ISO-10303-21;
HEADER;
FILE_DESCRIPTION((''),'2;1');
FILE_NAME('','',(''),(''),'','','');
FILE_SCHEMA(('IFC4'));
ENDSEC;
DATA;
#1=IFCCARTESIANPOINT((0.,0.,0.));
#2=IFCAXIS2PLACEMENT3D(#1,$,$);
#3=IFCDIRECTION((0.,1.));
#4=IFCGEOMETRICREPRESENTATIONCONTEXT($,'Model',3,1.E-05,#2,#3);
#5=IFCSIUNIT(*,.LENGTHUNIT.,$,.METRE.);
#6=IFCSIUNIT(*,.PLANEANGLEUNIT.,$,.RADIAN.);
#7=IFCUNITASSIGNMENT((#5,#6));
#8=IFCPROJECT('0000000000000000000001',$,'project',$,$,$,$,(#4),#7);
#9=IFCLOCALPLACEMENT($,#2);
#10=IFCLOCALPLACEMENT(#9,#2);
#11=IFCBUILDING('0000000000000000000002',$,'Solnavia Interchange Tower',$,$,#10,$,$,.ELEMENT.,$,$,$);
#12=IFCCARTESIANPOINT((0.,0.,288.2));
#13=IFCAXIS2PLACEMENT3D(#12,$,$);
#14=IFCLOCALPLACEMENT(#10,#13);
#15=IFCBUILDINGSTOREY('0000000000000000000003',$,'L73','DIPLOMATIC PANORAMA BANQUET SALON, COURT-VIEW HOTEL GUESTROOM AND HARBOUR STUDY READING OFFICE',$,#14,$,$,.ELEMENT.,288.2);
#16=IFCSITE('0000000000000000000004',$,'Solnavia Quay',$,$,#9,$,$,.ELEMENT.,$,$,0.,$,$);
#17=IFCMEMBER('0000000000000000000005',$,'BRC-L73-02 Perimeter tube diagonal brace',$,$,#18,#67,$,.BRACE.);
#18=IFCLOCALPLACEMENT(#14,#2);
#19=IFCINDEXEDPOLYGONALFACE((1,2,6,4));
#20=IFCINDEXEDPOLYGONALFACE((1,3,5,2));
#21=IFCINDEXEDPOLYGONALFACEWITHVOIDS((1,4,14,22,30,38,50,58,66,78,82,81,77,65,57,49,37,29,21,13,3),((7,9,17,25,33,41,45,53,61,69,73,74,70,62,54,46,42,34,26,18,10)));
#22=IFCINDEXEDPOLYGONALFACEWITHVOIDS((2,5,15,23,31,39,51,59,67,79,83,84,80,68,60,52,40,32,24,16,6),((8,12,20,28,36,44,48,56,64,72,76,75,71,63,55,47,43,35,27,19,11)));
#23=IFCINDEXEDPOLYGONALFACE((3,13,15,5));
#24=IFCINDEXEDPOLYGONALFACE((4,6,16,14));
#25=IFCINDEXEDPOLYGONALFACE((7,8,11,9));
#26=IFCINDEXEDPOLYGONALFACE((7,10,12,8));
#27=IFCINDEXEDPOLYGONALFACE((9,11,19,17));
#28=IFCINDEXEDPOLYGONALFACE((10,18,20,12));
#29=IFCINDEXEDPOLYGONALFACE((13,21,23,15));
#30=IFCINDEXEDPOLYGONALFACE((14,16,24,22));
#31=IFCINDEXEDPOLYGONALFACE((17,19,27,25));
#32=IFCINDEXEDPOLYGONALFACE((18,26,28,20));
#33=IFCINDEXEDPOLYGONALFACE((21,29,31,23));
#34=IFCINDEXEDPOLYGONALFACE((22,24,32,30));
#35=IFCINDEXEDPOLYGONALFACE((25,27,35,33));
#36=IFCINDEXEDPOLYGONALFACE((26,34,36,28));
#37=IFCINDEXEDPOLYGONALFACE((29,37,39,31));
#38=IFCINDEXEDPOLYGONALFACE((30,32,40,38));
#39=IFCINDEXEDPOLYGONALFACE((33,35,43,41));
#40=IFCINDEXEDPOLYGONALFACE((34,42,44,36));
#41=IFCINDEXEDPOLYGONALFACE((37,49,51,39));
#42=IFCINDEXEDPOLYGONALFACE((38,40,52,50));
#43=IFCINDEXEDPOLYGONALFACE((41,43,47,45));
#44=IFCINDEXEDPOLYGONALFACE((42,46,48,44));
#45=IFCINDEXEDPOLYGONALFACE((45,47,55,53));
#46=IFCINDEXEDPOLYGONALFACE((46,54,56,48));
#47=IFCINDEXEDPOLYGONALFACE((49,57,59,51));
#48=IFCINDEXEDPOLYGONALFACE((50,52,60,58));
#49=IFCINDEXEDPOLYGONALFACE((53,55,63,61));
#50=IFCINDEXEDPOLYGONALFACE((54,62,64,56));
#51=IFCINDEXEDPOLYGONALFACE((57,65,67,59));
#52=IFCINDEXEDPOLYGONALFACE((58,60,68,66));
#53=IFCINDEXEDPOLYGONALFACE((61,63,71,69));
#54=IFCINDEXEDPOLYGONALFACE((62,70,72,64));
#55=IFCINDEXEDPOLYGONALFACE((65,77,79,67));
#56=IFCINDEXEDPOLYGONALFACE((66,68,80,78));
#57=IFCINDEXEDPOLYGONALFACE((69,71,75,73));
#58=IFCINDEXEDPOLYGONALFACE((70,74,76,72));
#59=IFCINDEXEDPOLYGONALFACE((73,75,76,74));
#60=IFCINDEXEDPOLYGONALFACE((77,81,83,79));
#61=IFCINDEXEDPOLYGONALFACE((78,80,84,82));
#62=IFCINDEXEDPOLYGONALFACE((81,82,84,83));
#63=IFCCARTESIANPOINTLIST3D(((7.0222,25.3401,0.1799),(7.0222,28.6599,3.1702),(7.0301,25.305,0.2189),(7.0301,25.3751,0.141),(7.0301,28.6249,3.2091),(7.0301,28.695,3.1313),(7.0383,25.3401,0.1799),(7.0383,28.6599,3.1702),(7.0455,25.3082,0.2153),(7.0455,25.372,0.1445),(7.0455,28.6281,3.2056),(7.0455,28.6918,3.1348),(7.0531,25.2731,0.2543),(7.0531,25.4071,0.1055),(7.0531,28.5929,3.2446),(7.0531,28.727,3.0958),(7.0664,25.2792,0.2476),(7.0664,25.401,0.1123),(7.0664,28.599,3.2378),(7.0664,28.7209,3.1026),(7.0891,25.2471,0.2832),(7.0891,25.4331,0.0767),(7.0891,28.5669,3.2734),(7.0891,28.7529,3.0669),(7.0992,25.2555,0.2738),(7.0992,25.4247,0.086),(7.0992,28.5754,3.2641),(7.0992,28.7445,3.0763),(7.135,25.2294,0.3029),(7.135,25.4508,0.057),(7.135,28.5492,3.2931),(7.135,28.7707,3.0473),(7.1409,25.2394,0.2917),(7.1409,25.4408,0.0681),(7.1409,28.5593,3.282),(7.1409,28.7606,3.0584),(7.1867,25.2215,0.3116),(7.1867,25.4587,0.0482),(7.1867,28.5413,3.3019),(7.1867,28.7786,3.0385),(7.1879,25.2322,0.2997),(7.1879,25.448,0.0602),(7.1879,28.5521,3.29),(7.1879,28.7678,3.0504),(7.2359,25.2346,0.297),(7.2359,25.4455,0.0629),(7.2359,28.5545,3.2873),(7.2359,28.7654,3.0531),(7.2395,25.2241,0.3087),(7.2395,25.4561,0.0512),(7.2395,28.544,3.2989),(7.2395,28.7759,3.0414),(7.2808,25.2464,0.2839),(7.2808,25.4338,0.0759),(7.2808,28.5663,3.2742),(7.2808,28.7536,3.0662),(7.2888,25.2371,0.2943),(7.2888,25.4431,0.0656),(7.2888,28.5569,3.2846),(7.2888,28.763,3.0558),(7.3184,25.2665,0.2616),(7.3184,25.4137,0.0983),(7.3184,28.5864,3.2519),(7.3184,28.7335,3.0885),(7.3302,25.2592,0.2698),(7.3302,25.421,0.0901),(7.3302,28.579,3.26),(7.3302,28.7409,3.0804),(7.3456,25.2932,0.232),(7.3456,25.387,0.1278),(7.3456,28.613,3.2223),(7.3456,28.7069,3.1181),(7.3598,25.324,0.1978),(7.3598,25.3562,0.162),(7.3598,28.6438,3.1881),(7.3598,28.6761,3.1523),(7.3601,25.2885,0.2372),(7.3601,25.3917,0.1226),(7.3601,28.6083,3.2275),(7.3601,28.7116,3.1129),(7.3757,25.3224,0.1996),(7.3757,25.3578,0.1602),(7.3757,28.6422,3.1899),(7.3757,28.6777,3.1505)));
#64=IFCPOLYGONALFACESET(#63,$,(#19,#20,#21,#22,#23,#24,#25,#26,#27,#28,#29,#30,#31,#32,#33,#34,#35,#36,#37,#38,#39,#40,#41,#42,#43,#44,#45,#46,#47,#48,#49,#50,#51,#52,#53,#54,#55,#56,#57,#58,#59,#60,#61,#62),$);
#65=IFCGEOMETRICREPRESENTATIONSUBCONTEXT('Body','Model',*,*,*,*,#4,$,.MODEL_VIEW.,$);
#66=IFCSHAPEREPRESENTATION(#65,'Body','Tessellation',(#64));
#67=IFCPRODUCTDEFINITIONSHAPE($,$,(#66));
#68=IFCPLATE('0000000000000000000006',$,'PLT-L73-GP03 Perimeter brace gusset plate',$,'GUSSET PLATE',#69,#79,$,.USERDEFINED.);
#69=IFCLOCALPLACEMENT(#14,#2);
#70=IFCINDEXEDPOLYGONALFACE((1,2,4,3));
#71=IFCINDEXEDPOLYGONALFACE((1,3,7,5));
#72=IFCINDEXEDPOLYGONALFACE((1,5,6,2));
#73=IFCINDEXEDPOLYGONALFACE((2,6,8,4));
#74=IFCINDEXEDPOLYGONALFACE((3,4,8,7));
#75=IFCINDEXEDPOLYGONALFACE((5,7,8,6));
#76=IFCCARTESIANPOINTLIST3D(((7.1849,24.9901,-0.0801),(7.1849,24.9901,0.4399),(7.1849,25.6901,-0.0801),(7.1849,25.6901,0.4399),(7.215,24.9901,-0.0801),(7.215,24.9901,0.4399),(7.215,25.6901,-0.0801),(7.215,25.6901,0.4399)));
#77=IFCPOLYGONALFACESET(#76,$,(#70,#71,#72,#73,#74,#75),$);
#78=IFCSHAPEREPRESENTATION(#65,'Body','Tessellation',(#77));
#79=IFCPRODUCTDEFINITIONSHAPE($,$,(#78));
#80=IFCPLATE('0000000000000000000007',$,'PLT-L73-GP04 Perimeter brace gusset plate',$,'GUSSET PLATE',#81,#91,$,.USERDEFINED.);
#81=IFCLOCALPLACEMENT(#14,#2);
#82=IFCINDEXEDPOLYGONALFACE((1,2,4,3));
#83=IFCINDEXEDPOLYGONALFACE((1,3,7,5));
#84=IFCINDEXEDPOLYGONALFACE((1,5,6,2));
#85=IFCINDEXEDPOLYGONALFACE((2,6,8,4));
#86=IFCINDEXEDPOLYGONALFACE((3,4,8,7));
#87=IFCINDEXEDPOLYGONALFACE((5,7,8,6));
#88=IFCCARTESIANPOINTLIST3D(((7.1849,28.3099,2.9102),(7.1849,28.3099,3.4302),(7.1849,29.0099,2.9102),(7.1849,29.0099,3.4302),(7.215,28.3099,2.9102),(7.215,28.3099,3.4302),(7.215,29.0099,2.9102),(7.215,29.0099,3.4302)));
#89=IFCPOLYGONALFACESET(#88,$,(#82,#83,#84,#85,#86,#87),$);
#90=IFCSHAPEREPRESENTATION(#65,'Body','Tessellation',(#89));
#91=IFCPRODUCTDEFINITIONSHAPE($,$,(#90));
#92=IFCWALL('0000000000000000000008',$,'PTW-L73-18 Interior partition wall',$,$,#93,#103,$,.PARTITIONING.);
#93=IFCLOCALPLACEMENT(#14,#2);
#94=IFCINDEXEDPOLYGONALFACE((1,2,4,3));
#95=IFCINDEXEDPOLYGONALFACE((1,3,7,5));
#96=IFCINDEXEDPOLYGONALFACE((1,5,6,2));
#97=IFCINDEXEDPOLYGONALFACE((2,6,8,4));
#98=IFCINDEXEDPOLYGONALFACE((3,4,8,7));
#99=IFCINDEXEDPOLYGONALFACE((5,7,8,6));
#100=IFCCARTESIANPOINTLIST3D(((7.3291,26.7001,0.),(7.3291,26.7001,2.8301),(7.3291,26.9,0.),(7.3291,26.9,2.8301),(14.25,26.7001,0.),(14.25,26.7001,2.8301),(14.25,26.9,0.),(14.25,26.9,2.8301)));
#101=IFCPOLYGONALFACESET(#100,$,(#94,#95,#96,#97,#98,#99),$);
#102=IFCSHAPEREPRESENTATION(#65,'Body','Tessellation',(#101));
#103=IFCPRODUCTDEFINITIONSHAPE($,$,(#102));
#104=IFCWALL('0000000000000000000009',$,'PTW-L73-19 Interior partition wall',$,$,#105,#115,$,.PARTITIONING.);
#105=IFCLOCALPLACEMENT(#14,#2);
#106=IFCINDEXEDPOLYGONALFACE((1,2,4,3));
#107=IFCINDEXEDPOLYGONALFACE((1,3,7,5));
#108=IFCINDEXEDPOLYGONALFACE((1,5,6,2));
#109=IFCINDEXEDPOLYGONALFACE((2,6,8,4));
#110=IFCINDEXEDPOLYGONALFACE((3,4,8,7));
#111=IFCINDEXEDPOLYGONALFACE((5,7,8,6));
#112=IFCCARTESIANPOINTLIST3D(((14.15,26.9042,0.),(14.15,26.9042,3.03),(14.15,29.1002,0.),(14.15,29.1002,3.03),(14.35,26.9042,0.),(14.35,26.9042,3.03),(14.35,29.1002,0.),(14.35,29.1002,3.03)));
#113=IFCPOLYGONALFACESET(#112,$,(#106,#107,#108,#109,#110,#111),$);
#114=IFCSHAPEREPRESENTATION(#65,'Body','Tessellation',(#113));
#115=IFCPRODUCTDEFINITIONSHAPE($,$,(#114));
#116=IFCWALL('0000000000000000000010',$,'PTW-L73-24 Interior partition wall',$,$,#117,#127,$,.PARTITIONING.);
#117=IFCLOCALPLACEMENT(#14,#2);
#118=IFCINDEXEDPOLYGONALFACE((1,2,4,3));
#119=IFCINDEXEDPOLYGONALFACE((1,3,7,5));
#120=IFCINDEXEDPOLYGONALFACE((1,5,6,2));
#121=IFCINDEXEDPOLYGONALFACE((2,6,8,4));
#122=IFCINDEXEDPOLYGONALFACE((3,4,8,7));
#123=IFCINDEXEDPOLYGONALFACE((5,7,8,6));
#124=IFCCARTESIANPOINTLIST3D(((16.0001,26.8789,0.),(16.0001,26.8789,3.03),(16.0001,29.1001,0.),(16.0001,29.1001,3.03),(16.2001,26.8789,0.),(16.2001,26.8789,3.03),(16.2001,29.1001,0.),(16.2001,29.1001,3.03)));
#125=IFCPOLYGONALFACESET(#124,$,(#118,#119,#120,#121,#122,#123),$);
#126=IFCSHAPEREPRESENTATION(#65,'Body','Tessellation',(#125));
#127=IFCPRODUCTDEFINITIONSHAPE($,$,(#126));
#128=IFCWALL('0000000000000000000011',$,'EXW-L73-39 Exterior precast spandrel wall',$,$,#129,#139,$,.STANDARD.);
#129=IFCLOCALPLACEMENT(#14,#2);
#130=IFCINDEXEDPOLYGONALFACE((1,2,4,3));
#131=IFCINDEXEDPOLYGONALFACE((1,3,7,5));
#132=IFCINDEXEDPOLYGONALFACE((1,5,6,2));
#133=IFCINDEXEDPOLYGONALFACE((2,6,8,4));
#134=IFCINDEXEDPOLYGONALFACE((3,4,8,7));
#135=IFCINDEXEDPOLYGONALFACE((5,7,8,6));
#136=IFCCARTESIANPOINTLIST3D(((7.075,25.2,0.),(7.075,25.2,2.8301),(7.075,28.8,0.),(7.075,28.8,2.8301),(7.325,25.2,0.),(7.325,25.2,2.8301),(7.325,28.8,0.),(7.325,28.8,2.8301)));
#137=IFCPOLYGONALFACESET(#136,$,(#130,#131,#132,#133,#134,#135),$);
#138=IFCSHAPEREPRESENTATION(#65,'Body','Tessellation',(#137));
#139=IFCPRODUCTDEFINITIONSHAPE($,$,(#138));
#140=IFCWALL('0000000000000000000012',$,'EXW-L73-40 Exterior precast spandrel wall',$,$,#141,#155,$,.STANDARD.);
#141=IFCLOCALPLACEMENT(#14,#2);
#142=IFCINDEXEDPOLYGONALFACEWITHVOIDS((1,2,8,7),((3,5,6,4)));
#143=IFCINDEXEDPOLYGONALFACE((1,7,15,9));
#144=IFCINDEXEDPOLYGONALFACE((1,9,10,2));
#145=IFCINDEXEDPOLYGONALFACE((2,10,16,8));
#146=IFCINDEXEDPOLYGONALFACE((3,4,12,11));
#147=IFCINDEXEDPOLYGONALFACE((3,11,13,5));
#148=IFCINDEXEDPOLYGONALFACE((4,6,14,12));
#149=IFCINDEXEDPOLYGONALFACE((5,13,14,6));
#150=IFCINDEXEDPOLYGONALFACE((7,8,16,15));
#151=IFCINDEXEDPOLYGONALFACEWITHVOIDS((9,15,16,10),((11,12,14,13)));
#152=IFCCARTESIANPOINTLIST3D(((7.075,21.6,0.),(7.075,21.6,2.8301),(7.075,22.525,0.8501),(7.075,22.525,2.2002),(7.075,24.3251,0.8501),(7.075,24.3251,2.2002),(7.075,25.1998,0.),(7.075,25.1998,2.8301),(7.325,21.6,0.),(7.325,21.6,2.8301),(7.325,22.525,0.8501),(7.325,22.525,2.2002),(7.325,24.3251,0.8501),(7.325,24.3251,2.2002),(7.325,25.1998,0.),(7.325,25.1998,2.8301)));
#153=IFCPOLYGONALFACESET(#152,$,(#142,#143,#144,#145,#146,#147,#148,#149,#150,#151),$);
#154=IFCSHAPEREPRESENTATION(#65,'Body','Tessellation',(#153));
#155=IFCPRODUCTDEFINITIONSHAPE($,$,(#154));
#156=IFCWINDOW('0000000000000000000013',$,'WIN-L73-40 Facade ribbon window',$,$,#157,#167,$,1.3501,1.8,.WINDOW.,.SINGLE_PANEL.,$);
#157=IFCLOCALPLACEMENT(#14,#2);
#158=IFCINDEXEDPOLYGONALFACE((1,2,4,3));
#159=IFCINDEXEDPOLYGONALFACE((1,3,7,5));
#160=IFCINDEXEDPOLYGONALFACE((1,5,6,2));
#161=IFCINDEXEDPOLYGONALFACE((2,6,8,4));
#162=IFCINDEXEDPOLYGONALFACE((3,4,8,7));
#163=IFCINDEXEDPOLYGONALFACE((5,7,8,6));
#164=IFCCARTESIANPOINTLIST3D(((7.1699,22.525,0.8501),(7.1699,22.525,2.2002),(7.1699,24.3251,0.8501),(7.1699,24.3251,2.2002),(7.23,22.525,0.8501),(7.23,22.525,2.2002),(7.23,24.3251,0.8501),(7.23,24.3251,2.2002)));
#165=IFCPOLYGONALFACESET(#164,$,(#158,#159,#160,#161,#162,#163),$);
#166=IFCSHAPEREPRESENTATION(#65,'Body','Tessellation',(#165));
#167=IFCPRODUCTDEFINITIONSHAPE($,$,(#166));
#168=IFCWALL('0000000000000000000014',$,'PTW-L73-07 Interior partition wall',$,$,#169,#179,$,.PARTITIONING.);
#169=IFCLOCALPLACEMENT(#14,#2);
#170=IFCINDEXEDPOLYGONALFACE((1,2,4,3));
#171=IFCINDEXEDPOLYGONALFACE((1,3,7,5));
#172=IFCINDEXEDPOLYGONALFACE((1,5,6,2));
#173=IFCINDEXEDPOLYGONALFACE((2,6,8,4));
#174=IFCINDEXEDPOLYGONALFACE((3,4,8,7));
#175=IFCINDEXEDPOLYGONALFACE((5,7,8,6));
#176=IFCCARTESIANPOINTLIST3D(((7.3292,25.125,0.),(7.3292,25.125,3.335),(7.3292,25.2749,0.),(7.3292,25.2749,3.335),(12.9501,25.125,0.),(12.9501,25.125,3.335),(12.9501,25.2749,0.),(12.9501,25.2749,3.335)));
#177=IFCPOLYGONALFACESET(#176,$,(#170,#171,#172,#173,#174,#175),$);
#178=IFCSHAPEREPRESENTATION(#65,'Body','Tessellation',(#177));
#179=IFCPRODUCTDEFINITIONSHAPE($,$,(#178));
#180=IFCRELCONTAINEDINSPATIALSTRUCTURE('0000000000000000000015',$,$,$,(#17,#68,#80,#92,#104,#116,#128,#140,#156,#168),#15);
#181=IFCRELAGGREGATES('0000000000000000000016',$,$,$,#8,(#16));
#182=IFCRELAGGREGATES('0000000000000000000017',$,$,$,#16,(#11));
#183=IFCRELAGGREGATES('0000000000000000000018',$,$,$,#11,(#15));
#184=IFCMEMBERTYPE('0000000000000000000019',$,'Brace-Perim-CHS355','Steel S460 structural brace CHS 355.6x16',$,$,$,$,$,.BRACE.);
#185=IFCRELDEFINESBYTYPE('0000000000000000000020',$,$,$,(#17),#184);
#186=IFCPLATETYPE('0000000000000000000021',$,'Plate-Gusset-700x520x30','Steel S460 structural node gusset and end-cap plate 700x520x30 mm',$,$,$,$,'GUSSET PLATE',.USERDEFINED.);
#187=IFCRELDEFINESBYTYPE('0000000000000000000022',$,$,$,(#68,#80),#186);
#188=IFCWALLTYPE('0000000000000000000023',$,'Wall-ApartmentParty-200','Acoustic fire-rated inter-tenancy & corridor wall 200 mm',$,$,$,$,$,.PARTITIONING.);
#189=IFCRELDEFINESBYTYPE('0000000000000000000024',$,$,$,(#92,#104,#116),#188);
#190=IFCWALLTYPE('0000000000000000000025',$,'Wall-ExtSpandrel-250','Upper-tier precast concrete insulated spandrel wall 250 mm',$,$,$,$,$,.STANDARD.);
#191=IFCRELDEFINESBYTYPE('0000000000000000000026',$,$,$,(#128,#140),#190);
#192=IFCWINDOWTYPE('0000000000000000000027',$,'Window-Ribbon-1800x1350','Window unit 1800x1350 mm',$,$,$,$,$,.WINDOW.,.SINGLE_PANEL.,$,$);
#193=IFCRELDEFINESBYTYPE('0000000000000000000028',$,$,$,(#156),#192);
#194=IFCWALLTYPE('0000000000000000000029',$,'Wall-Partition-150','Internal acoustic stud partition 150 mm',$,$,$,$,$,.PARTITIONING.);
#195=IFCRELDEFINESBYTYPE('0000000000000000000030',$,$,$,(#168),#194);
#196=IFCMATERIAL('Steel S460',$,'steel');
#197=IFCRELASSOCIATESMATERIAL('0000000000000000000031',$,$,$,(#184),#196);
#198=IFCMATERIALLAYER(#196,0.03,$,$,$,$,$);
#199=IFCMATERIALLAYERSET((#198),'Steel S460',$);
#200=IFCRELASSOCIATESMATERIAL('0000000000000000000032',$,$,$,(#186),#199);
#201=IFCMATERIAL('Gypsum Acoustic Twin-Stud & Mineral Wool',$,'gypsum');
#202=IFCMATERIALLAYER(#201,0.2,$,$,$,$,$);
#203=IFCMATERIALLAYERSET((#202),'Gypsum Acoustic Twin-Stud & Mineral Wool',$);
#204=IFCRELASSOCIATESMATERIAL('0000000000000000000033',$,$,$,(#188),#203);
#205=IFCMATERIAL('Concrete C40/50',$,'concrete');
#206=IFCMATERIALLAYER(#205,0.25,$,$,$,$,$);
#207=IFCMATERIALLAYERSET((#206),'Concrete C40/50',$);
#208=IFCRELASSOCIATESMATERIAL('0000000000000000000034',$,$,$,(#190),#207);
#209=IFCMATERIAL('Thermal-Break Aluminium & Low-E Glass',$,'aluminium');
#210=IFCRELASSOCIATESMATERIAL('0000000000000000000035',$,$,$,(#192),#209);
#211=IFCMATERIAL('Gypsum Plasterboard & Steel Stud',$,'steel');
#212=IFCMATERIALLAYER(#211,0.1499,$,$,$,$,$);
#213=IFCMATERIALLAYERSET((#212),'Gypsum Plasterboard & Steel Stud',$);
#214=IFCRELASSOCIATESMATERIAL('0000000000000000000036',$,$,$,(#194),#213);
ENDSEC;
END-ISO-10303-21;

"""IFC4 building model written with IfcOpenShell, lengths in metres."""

from ifc_helpers import new_model, si_unit, direction, frame, frame_2d, origin, origin_2d, place, context, subcontext, project, spatial, rectangle, hollow_circle, extrude, material, layer, layer_set, material_profile, profile_set, type_object, element, fill, save


model = new_model("IFC4")

# Units and contexts
model_context = context("Model", 3, precision=1e-05, world=origin(), true_north=direction((0.0, 1.0)))
body_context = subcontext(model_context, "Body", "Model", "MODEL_VIEW")
ifc_project = project(units=[si_unit("LENGTHUNIT", "METRE"), si_unit("PLANEANGLEUNIT", "RADIAN")], contexts=[model_context])

# Site, building, storey
site_placement = place(None, origin())
site = spatial("IfcSite", under=ifc_project, at=site_placement, Name="Solnavia Quay", CompositionType="ELEMENT", RefElevation=0.0)
building_placement = place(site_placement, origin())
building = spatial("IfcBuilding", under=site, at=building_placement, Name="Solnavia Interchange Tower", CompositionType="ELEMENT")
storey_placement = place(building_placement, frame((0.0, 0.0, 288.2)))
storey = spatial("IfcBuildingStorey", under=building, at=storey_placement, Name="L73", Description="DIPLOMATIC PANORAMA BANQUET SALON, COURT-VIEW HOTEL GUESTROOM AND HARBOUR STUDY READING OFFICE", CompositionType="ELEMENT", Elevation=288.2)

# Shared definitions
ifc_material_1 = material(Name="Steel S460", Category="steel")

# Member
ifc_material_profile_1 = material_profile(ifc_material_1, hollow_circle(Radius=0.1777, WallThickness=0.0161, at=origin_2d()), Name="CHS 355.6x16")
ifc_profile_set_1 = profile_set([ifc_material_profile_1], Name="Steel S460")
member_type = type_object("IfcMemberType", Name="Brace-Perim-CHS355", Description="Steel S460 structural brace CHS 355.6x16", PredefinedType="BRACE", material=ifc_profile_set_1)
member_placement = place(storey_placement, frame((7.2, 25.3401, 0.1799), z_axis=(0.0, 0.743028, 0.669261), x_axis=(-1.0, 0.0, 0.0)))
element("IfcMember", 1, at=member_placement, inside=storey, type_object=member_type, Name="BRC-L73-02 Perimeter tube diagonal brace", PredefinedType="BRACE", context=body_context, shape_type="SweptSolid", body=[
    extrude(hollow_circle(Radius=0.1777, WallThickness=0.0161, at=origin_2d()), origin(), (0.0, 0.0, 1.0), 4.468),
])

# Plates
ifc_layer_1 = layer(ifc_material_1, 0.03)
ifc_layer_set_1 = layer_set([ifc_layer_1], Name="Steel S460")
plate_type = type_object("IfcPlateType", Name="Plate-Gusset-700x520x30", Description="Steel S460 structural node gusset and end-cap plate 700x520x30 mm", ElementType="GUSSET PLATE", PredefinedType="USERDEFINED", material=ifc_layer_set_1)
for number, where, z_axis, x_axis, name in (
    (2, (7.2, 25.3401, -0.0801), (0.0, 0.0, 1.0), (0.0, 1.0, 0.0), "PLT-L73-GP03 Perimeter brace gusset plate"),
    (3, (7.2, 28.6599, 2.9102), (0.0, 0.0, 1.0), (0.0, 1.0, 0.0), "PLT-L73-GP04 Perimeter brace gusset plate"),
):
    element("IfcPlate", number, at=place(storey_placement, frame(where, z_axis=z_axis, x_axis=x_axis)), inside=storey, type_object=plate_type, Name=name, ObjectType="GUSSET PLATE", PredefinedType="USERDEFINED", context=body_context, shape_type="SweptSolid", body=[
        extrude(rectangle(XDim=0.7, YDim=0.03, at=origin_2d()), origin(), (0.0, 0.0, 1.0), 0.52),
    ])

# Walls
ifc_material_2 = material(Name="Gypsum Acoustic Twin-Stud & Mineral Wool", Category="gypsum")
ifc_layer_2 = layer(ifc_material_2, 0.2)
ifc_layer_set_2 = layer_set([ifc_layer_2], Name="Gypsum Acoustic Twin-Stud & Mineral Wool")
wall_type_1 = type_object("IfcWallType", Name="Wall-ApartmentParty-200", Description="Acoustic fire-rated inter-tenancy & corridor wall 200 mm", PredefinedType="PARTITIONING", material=ifc_layer_set_2)
wall_1_placement = place(storey_placement, frame((7.3291, 26.8, 0.0), z_axis=(0.0, 0.0, 1.0), x_axis=(1.0, 0.0, 0.0)))
element("IfcWall", 4, at=wall_1_placement, inside=storey, type_object=wall_type_1, Name="PTW-L73-18 Interior partition wall", PredefinedType="PARTITIONING", context=body_context, shape_type="SweptSolid", body=[
    extrude(rectangle(XDim=6.9209, YDim=0.2, at=frame_2d((3.4604, 0.0))), origin(), (0.0, 0.0, 1.0), 2.8301),
])
wall_2_placement = place(storey_placement, frame((14.25, 26.9041, 0.0), z_axis=(0.0, 0.0, 1.0), x_axis=(0.0, 1.0, 0.0)))
element("IfcWall", 5, at=wall_2_placement, inside=storey, type_object=wall_type_1, Name="PTW-L73-19 Interior partition wall", PredefinedType="PARTITIONING", context=body_context, shape_type="SweptSolid", body=[
    extrude(rectangle(XDim=2.196, YDim=0.2, at=frame_2d((1.0981, 0.0))), origin(), (0.0, 0.0, 1.0), 3.03),
])
wall_3_placement = place(storey_placement, frame((16.1001, 26.8789, 0.0), z_axis=(0.0, 0.0, 1.0), x_axis=(0.0, 1.0, 0.0)))
element("IfcWall", 6, at=wall_3_placement, inside=storey, type_object=wall_type_1, Name="PTW-L73-24 Interior partition wall", PredefinedType="PARTITIONING", context=body_context, shape_type="SweptSolid", body=[
    extrude(rectangle(XDim=2.2212, YDim=0.2, at=frame_2d((1.1106, 0.0))), origin(), (0.0, 0.0, 1.0), 3.03),
])
ifc_material_3 = material(Name="Concrete C40/50", Category="concrete")
ifc_layer_3 = layer(ifc_material_3, 0.25)
ifc_layer_set_3 = layer_set([ifc_layer_3], Name="Concrete C40/50")
wall_type_2 = type_object("IfcWallType", Name="Wall-ExtSpandrel-250", Description="Upper-tier precast concrete insulated spandrel wall 250 mm", PredefinedType="STANDARD", material=ifc_layer_set_3)
wall_4_placement = place(storey_placement, frame((7.2, 25.2, 0.0), z_axis=(0.0, 0.0, 1.0), x_axis=(0.0, 1.0, 0.0)))
element("IfcWall", 7, at=wall_4_placement, inside=storey, type_object=wall_type_2, Name="EXW-L73-39 Exterior precast spandrel wall", PredefinedType="STANDARD", context=body_context, shape_type="SweptSolid", body=[
    extrude(rectangle(XDim=3.6001, YDim=0.25, at=frame_2d((1.8, 0.0))), origin(), (0.0, 0.0, 1.0), 2.8301),
])

# Wall, opening, window
wall_5_placement = place(storey_placement, frame((7.2, 21.6001, 0.0), z_axis=(0.0, 0.0, 1.0), x_axis=(0.0, 1.0, 0.0)))
wall_5 = element("IfcWall", 8, at=wall_5_placement, inside=storey, type_object=wall_type_2, Name="EXW-L73-40 Exterior precast spandrel wall", PredefinedType="STANDARD", context=body_context, shape_type="SweptSolid", body=[
    extrude(rectangle(XDim=3.5999, YDim=0.25, at=frame_2d((1.7998, 0.0))), origin(), (0.0, 0.0, 1.0), 2.8301),
])
opening_placement = place(wall_5_placement, frame((0.925, 0.0, 0.8501)))
opening = element("IfcOpeningElement", 9, at=opening_placement, cuts=wall_5, PredefinedType="OPENING", context=body_context, shape_type="SweptSolid", body=[
    extrude(rectangle(XDim=1.8, YDim=1.3501, at=frame_2d((0.8999, 0.675))), frame((0.0, 0.135, 0.0), z_axis=(0.0, -1.0, 0.0), x_axis=(1.0, 0.0, 0.0)), (0.0, 0.0, 1.0), 0.27),
])
ifc_material_4 = material(Name="Thermal-Break Aluminium & Low-E Glass", Category="aluminium")
window_type = type_object("IfcWindowType", Name="Window-Ribbon-1800x1350", Description="Window unit 1800x1350 mm", PartitioningType="SINGLE_PANEL", PredefinedType="WINDOW", material=ifc_material_4)
window_placement = place(opening_placement, origin())
window = element("IfcWindow", 10, at=window_placement, inside=storey, type_object=window_type, Name="WIN-L73-40 Facade ribbon window", OverallHeight=1.3501, OverallWidth=1.8, PartitioningType="SINGLE_PANEL", PredefinedType="WINDOW", context=body_context, shape_type="SweptSolid", body=[
    extrude(rectangle(XDim=1.8, YDim=1.3501, at=frame_2d((0.8999, 0.675))), frame((0.0, 0.03, 0.0), z_axis=(0.0, -1.0, 0.0), x_axis=(1.0, 0.0, 0.0)), (0.0, 0.0, 1.0), 0.0601),
])
fill(opening, window)

# Wall
ifc_material_5 = material(Name="Gypsum Plasterboard & Steel Stud", Category="steel")
ifc_layer_4 = layer(ifc_material_5, 0.1499)
ifc_layer_set_4 = layer_set([ifc_layer_4], Name="Gypsum Plasterboard & Steel Stud")
wall_type_3 = type_object("IfcWallType", Name="Wall-Partition-150", Description="Internal acoustic stud partition 150 mm", PredefinedType="PARTITIONING", material=ifc_layer_set_4)
wall_6_placement = place(storey_placement, frame((7.3291, 25.2, 0.0), z_axis=(0.0, 0.0, 1.0), x_axis=(1.0, 0.0, 0.0)))
element("IfcWall", 11, at=wall_6_placement, inside=storey, type_object=wall_type_3, Name="PTW-L73-07 Interior partition wall", PredefinedType="PARTITIONING", context=body_context, shape_type="SweptSolid", body=[
    extrude(rectangle(XDim=5.6208, YDim=0.1499, at=frame_2d((2.8105, 0.0))), origin(), (0.0, 0.0, 1.0), 3.335),
])

save(model, "model.ifc")
